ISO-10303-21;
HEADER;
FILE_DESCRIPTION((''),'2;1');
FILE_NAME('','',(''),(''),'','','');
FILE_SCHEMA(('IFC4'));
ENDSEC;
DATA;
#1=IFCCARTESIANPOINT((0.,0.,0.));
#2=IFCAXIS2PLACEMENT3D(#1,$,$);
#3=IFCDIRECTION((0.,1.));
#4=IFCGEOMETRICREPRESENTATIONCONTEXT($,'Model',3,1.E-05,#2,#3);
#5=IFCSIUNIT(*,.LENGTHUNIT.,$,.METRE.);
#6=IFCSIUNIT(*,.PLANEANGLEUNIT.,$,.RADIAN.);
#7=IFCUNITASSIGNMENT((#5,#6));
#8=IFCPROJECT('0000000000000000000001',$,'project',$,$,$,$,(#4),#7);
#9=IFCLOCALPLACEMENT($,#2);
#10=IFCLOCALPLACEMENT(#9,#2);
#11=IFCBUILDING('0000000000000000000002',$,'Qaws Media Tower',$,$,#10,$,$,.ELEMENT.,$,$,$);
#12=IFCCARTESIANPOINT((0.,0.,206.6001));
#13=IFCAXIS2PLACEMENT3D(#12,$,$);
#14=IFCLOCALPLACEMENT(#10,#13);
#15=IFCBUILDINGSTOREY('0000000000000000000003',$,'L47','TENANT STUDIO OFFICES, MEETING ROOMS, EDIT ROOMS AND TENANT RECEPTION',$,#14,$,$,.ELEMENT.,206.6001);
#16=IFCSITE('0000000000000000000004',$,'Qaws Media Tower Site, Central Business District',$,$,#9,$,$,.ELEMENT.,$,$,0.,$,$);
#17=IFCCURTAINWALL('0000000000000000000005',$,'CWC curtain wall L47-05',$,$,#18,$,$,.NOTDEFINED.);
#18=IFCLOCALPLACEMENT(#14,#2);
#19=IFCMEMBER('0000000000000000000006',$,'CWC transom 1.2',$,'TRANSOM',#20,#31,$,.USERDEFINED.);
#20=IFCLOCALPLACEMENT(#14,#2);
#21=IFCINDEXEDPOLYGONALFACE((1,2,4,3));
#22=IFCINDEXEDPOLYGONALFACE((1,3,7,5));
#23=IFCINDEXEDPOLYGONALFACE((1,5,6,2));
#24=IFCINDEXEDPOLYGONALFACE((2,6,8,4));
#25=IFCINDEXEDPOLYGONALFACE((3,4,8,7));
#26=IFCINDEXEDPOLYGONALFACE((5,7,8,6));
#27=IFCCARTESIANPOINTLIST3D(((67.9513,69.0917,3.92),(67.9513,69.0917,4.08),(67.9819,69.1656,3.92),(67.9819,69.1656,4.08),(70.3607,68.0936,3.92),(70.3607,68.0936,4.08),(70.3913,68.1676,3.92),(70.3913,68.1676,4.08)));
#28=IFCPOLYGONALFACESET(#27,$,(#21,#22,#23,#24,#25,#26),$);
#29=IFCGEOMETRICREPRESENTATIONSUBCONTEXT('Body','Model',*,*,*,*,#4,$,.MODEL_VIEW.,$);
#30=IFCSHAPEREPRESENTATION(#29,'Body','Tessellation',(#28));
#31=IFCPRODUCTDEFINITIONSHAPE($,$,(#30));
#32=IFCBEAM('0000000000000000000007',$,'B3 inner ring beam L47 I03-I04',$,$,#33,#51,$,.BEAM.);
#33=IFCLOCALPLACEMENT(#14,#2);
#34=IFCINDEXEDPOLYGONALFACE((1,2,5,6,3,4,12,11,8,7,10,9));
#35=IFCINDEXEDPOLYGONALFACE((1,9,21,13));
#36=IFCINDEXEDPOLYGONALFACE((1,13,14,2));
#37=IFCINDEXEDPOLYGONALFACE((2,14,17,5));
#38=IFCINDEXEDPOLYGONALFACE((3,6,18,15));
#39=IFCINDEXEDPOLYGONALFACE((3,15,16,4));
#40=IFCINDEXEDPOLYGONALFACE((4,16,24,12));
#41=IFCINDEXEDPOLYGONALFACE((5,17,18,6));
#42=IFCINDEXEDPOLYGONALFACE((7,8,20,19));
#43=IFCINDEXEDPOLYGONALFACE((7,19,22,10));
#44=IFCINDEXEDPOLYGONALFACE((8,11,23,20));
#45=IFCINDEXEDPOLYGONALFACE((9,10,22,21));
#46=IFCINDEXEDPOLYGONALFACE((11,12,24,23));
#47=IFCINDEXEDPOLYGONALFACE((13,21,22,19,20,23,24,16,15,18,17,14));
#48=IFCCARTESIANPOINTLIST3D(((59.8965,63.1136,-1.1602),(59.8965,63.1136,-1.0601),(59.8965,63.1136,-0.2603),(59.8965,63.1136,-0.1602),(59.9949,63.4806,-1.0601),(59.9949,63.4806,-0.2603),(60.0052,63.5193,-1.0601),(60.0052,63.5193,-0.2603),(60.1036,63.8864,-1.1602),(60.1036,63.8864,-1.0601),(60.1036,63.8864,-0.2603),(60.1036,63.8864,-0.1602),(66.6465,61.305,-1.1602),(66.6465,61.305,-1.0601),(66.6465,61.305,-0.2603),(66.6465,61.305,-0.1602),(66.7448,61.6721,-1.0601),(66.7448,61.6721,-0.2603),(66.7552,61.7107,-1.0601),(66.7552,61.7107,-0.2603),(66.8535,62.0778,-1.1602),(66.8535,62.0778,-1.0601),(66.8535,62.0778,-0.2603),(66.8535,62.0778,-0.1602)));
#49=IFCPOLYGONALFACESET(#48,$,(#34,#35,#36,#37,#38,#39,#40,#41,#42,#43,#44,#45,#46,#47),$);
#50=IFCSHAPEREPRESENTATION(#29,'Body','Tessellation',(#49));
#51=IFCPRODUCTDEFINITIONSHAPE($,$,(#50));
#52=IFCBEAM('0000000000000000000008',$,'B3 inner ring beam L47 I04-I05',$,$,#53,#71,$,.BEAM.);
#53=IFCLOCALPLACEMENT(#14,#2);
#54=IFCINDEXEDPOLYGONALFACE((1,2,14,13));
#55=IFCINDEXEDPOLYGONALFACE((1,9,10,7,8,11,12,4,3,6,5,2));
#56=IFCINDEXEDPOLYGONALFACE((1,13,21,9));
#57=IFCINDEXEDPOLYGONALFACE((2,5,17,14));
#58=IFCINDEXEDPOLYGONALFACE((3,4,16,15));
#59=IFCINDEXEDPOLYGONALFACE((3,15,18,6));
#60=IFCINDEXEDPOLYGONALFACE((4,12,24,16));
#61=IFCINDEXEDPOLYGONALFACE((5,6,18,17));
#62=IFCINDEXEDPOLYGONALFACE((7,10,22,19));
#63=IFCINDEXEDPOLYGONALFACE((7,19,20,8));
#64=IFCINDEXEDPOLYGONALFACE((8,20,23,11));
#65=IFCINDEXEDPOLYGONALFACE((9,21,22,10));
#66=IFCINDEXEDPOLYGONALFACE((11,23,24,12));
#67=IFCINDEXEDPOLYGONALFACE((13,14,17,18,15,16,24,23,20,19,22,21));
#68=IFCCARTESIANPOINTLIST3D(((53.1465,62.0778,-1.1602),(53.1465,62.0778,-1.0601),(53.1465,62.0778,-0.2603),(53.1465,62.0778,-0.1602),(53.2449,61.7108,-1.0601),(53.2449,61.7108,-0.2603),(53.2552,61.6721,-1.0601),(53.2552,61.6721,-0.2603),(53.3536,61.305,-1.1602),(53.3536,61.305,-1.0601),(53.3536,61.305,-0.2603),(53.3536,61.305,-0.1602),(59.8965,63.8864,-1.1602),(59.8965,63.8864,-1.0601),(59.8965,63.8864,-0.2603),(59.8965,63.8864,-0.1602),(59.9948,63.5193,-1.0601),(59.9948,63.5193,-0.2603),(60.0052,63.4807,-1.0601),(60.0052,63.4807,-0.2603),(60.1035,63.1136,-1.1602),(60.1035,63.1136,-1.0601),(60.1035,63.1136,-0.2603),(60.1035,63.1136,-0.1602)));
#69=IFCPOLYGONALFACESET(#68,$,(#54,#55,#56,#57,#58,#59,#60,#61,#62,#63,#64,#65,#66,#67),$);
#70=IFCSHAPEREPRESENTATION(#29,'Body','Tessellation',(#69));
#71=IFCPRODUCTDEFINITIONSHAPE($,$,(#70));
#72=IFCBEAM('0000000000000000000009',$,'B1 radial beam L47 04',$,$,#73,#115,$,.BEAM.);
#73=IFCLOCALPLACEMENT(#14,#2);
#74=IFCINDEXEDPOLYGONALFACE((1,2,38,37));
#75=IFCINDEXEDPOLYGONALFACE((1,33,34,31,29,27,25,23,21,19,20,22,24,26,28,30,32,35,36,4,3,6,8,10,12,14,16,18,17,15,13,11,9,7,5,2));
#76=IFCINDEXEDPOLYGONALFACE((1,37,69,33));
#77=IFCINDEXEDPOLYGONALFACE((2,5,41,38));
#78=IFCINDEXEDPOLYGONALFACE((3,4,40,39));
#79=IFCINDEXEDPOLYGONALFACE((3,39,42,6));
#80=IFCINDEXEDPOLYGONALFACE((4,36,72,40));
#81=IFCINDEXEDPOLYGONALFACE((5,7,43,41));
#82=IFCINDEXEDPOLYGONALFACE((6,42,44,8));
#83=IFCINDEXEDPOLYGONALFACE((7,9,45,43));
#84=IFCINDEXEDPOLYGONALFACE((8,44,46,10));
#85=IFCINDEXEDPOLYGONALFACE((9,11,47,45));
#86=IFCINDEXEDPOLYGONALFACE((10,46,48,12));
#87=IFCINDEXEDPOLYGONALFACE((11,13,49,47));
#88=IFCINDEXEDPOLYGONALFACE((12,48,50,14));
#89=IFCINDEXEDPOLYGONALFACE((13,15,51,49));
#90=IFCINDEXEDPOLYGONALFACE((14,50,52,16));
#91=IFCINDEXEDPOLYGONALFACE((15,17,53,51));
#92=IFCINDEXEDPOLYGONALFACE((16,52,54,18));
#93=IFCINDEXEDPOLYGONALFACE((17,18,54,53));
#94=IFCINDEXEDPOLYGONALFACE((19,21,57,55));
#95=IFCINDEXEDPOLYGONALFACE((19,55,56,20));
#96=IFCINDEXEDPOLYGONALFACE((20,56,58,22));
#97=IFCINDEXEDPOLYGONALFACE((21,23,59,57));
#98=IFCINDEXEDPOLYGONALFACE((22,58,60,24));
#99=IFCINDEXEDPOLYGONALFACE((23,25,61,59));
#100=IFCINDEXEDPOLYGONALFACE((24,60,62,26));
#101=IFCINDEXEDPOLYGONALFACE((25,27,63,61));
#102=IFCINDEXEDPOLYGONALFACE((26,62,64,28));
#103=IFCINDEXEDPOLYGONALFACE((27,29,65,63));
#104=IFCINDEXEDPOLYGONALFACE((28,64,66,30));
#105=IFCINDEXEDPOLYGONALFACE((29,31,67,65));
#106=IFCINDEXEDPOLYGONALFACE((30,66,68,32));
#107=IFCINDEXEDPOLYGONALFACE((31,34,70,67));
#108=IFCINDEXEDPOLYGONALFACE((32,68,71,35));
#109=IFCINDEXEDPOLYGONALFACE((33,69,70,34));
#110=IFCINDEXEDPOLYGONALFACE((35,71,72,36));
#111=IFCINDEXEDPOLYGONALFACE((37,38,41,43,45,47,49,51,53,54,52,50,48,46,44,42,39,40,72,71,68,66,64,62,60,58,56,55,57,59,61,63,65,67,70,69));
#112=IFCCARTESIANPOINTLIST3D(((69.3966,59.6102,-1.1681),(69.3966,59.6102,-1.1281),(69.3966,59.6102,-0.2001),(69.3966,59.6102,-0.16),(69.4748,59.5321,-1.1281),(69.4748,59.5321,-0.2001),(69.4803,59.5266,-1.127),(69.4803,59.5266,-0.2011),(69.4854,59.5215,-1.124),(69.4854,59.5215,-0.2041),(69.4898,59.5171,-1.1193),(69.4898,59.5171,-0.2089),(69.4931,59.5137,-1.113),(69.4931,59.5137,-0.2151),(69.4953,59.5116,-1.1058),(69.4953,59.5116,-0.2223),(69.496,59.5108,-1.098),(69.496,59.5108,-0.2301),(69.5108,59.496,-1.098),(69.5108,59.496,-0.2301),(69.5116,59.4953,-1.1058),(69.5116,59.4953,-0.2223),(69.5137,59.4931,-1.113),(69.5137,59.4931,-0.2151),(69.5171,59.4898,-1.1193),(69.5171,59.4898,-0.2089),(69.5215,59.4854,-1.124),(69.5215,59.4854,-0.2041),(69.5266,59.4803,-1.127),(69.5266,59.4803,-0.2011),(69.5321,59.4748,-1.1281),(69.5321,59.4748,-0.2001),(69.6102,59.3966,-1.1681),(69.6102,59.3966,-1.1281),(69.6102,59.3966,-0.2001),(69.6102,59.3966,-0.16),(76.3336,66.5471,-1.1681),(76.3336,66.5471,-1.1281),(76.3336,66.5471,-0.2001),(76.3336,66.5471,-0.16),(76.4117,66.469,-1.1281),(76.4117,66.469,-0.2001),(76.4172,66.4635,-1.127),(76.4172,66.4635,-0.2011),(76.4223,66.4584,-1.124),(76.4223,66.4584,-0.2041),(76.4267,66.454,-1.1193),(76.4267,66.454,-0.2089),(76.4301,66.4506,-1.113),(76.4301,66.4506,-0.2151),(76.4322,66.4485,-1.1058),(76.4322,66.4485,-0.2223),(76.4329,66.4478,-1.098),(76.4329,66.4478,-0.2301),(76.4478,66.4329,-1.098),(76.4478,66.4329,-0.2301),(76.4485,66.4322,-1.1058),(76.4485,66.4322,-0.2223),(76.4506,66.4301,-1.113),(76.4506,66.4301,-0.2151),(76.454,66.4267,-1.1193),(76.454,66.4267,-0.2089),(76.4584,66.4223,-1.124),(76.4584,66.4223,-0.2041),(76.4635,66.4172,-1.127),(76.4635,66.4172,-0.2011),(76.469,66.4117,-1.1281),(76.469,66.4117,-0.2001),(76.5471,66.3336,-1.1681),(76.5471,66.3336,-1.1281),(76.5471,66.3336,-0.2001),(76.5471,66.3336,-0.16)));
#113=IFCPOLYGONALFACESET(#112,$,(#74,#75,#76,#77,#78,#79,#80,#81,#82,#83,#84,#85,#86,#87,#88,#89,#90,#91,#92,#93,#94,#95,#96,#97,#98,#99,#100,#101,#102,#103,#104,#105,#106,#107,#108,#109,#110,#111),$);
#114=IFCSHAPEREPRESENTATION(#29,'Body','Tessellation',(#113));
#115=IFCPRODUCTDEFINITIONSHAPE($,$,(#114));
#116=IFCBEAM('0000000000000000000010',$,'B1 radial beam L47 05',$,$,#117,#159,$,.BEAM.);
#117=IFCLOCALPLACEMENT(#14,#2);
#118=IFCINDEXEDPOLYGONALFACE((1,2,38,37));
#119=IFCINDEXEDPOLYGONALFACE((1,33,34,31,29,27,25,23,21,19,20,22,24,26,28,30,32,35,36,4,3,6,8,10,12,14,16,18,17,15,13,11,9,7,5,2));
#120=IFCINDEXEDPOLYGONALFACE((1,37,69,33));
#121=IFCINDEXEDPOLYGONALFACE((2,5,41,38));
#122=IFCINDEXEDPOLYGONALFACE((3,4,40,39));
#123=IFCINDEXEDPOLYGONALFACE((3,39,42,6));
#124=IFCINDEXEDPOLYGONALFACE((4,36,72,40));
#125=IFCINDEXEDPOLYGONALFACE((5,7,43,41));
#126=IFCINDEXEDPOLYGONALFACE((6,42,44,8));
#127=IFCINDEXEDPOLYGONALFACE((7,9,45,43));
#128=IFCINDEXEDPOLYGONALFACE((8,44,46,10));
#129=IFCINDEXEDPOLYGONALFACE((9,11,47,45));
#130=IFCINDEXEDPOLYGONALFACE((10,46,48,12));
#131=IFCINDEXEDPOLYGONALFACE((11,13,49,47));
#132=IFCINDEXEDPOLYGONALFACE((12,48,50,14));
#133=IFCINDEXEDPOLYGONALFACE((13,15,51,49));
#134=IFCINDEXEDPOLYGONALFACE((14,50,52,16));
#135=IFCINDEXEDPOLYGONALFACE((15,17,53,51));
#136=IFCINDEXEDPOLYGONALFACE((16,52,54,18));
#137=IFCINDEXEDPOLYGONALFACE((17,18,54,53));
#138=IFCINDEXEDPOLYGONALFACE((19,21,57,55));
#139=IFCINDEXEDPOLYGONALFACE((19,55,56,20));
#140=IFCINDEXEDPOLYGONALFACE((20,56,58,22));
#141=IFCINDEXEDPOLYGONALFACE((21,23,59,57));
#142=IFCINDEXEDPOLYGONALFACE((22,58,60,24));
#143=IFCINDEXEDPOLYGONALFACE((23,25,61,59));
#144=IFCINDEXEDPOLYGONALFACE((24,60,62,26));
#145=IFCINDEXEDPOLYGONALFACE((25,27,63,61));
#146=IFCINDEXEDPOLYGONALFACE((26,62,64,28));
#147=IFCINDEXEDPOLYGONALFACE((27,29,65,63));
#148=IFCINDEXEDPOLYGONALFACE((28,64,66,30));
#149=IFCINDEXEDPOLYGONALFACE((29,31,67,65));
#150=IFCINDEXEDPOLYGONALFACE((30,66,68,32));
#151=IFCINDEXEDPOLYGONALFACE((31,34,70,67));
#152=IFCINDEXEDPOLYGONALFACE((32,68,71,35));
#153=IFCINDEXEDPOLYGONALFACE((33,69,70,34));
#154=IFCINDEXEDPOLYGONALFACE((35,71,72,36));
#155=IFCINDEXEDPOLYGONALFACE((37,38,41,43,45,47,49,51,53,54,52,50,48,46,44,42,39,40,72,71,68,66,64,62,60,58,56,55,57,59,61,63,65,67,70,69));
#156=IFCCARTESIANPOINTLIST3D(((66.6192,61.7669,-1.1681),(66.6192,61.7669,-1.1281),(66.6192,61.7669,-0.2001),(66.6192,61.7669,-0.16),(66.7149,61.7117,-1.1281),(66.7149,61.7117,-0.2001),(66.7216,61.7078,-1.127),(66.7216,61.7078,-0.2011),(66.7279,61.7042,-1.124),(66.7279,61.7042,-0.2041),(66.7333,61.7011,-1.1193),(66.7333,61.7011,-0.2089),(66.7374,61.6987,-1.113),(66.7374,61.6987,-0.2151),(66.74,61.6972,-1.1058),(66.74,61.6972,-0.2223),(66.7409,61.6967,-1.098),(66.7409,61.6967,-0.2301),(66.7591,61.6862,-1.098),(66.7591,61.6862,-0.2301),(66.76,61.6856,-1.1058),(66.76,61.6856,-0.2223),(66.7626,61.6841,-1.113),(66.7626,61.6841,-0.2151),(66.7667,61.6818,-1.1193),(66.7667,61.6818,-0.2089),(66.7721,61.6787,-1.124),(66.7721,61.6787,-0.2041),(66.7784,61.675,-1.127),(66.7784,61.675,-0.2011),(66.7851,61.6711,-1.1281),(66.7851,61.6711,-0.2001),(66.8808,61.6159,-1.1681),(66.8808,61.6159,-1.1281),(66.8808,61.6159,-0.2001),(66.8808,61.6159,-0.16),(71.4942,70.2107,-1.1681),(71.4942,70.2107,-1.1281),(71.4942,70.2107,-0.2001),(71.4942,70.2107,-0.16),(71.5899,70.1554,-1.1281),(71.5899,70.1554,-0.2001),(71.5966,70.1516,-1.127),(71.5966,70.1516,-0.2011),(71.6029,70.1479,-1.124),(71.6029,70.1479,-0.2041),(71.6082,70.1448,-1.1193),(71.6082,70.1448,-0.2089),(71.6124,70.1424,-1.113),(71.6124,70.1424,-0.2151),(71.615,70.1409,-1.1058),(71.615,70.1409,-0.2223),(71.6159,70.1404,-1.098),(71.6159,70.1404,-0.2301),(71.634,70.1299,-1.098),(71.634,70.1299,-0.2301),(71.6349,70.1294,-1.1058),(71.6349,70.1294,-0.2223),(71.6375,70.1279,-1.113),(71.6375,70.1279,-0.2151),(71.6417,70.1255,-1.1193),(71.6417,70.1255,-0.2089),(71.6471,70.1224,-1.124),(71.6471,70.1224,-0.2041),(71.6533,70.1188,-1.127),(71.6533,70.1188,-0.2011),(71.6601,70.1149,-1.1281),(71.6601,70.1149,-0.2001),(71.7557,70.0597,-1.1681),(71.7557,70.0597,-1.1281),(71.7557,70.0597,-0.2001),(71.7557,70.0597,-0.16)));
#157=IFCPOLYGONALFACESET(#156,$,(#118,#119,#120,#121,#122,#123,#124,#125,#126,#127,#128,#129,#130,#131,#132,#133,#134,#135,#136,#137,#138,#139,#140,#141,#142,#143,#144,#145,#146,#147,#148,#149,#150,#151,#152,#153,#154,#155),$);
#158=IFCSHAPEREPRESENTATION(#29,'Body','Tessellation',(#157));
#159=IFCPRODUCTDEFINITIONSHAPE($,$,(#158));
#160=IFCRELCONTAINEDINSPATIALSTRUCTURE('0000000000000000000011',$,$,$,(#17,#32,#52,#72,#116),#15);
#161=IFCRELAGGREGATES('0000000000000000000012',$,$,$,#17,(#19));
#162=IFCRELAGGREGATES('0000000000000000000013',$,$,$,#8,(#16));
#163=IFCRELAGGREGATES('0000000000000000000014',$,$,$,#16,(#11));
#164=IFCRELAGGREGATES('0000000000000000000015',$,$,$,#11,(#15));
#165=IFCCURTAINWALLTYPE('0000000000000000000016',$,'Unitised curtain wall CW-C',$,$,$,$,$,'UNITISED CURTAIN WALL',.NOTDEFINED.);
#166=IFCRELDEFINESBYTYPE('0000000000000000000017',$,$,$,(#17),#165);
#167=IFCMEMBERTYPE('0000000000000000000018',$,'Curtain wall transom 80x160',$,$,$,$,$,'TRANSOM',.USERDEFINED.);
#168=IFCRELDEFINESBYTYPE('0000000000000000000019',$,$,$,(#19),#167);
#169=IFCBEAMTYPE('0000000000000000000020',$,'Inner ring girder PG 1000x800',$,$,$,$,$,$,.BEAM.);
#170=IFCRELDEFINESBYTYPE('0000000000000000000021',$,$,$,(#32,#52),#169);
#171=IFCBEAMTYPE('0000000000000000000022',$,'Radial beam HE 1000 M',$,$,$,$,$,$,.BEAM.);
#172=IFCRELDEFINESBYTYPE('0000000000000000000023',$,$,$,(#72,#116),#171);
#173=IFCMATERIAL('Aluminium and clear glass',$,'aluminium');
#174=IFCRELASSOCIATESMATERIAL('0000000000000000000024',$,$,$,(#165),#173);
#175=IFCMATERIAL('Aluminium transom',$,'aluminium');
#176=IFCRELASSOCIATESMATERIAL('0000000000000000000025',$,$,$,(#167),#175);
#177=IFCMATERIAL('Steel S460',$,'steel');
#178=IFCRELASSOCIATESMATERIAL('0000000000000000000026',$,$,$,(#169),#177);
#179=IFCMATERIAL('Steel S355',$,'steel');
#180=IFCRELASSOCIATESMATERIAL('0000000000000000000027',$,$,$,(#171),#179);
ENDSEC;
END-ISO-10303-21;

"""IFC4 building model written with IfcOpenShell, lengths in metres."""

from ifc_helpers import new_model, si_unit, direction, frame, origin, origin_2d, place, context, subcontext, project, spatial, rectangle, i_section, extrude, material, material_profile, profile_set, type_object, element, aggregate, save


model = new_model("IFC4")

# Units and contexts
model_context = context("Model", 3, precision=1e-05, world=origin(), true_north=direction((0.0, 1.0)))
body_context = subcontext(model_context, "Body", "Model", "MODEL_VIEW")
ifc_project = project(units=[si_unit("LENGTHUNIT", "METRE"), si_unit("PLANEANGLEUNIT", "RADIAN")], contexts=[model_context])

# Site, building, storey
site_placement = place(None, origin())
site = spatial("IfcSite", under=ifc_project, at=site_placement, Name="Qaws Media Tower Site, Central Business District", CompositionType="ELEMENT", RefElevation=0.0)
building_placement = place(site_placement, origin())
building = spatial("IfcBuilding", under=site, at=building_placement, Name="Qaws Media Tower", CompositionType="ELEMENT")
storey_placement = place(building_placement, frame((0.0, 0.0, 206.6001)))
storey = spatial("IfcBuildingStorey", under=building, at=storey_placement, Name="L47", Description="TENANT STUDIO OFFICES, MEETING ROOMS, EDIT ROOMS AND TENANT RECEPTION", CompositionType="ELEMENT", Elevation=206.6001)

# Shared definitions
ifc_material_1 = material(Name="Aluminium and clear glass", Category="aluminium")
curtain_wall_type = type_object("IfcCurtainWallType", Name="Unitised curtain wall CW-C", ElementType="UNITISED CURTAIN WALL", PredefinedType="NOTDEFINED", material=ifc_material_1)

# Curtain wall, member
curtain_wall_1_placement = place(storey_placement, origin())
curtain_wall_1 = element("IfcCurtainWall", 1, at=curtain_wall_1_placement, inside=storey, type_object=curtain_wall_type, Name="CWC curtain wall L47-05", PredefinedType="NOTDEFINED")
ifc_material_2 = material(Name="Aluminium transom", Category="aluminium")
ifc_material_profile_1 = material_profile(ifc_material_2, rectangle(XDim=0.0801, YDim=0.1599, at=origin_2d()), Name="80x160")
ifc_profile_set_1 = profile_set([ifc_material_profile_1], Name="Aluminium transom")
member_type_1 = type_object("IfcMemberType", Name="Curtain wall transom 80x160", ElementType="TRANSOM", PredefinedType="USERDEFINED", material=ifc_profile_set_1)
member_1_placement = place(storey_placement, frame((70.376, 68.1306, 4.0), z_axis=(-0.923875, 0.382694, 0.0), x_axis=(-0.382694, -0.923875, 0.0)))
member_1 = element("IfcMember", 2, at=member_1_placement, type_object=member_type_1, Name="CWC transom 1.2", ObjectType="TRANSOM", PredefinedType="USERDEFINED", context=body_context, shape_type="SweptSolid", body=[
    extrude(rectangle(XDim=0.0801, YDim=0.1599, at=origin_2d()), origin(), (0.0, 0.0, 1.0), 2.6079),
])
aggregate(curtain_wall_1, [member_1])

# Beams
ifc_material_3 = material(Name="Steel S460", Category="steel")
ifc_material_profile_2 = material_profile(ifc_material_3, i_section(OverallWidth=0.8, OverallDepth=1.0, WebThickness=0.04, FlangeThickness=0.1001, at=origin_2d()), Name="PG 1000x800")
ifc_profile_set_2 = profile_set([ifc_material_profile_2], Name="Steel S460")
beam_type_1 = type_object("IfcBeamType", Name="Inner ring girder PG 1000x800", PredefinedType="BEAM", material=ifc_profile_set_2)
for number, where, z_axis, x_axis, name in (
    (3, (66.75, 61.6914, -0.6602), (-0.965928, 0.258811, 0.0), (-0.258811, -0.965928, 0.0), "B3 inner ring beam L47 I03-I04"),
    (4, (60.0, 63.5, -0.6602), (-0.965928, -0.258811, 0.0), (0.258811, -0.965928, 0.0), "B3 inner ring beam L47 I04-I05"),
):
    element("IfcBeam", number, at=place(storey_placement, frame(where, z_axis=z_axis, x_axis=x_axis)), inside=storey, type_object=beam_type_1, Name=name, PredefinedType="BEAM", context=body_context, shape_type="SweptSolid", body=[
        extrude(i_section(OverallWidth=0.8, OverallDepth=1.0, WebThickness=0.04, FlangeThickness=0.1001, at=origin_2d()), origin(), (0.0, 0.0, 1.0), 6.988),
    ])
ifc_material_4 = material(Name="Steel S355", Category="steel")
ifc_material_profile_3 = material_profile(ifc_material_4, i_section(OverallWidth=0.302, OverallDepth=1.0081, WebThickness=0.021, FlangeThickness=0.04, FilletRadius=0.03, at=origin_2d()), Name="HE 1000 M")
ifc_profile_set_3 = profile_set([ifc_material_profile_3], Name="Steel S355")
beam_type_2 = type_object("IfcBeamType", Name="Radial beam HE 1000 M", PredefinedType="BEAM", material=ifc_profile_set_3)
beam_1_placement = place(storey_placement, frame((69.5034, 59.5034, -0.6641), z_axis=(0.707107, 0.707107, 0.0), x_axis=(-0.707107, 0.707107, 0.0)))
element("IfcBeam", 5, at=beam_1_placement, inside=storey, type_object=beam_type_2, Name="B1 radial beam L47 04", PredefinedType="BEAM", context=body_context, shape_type="SweptSolid", body=[
    extrude(i_section(OverallWidth=0.302, OverallDepth=1.0081, WebThickness=0.021, FlangeThickness=0.04, FilletRadius=0.03, at=origin_2d()), origin(), (0.0, 0.0, 1.0), 9.8103),
])
beam_2_placement = place(storey_placement, frame((66.75, 61.6914, -0.6641), z_axis=(0.499996, 0.866028, 0.0), x_axis=(-0.866028, 0.499996, 0.0)))
element("IfcBeam", 6, at=beam_2_placement, inside=storey, type_object=beam_type_2, Name="B1 radial beam L47 05", PredefinedType="BEAM", context=body_context, shape_type="SweptSolid", body=[
    extrude(i_section(OverallWidth=0.302, OverallDepth=1.0081, WebThickness=0.021, FlangeThickness=0.04, FilletRadius=0.03, at=origin_2d()), origin(), (0.0, 0.0, 1.0), 9.75),
])

save(model, "model.ifc")
